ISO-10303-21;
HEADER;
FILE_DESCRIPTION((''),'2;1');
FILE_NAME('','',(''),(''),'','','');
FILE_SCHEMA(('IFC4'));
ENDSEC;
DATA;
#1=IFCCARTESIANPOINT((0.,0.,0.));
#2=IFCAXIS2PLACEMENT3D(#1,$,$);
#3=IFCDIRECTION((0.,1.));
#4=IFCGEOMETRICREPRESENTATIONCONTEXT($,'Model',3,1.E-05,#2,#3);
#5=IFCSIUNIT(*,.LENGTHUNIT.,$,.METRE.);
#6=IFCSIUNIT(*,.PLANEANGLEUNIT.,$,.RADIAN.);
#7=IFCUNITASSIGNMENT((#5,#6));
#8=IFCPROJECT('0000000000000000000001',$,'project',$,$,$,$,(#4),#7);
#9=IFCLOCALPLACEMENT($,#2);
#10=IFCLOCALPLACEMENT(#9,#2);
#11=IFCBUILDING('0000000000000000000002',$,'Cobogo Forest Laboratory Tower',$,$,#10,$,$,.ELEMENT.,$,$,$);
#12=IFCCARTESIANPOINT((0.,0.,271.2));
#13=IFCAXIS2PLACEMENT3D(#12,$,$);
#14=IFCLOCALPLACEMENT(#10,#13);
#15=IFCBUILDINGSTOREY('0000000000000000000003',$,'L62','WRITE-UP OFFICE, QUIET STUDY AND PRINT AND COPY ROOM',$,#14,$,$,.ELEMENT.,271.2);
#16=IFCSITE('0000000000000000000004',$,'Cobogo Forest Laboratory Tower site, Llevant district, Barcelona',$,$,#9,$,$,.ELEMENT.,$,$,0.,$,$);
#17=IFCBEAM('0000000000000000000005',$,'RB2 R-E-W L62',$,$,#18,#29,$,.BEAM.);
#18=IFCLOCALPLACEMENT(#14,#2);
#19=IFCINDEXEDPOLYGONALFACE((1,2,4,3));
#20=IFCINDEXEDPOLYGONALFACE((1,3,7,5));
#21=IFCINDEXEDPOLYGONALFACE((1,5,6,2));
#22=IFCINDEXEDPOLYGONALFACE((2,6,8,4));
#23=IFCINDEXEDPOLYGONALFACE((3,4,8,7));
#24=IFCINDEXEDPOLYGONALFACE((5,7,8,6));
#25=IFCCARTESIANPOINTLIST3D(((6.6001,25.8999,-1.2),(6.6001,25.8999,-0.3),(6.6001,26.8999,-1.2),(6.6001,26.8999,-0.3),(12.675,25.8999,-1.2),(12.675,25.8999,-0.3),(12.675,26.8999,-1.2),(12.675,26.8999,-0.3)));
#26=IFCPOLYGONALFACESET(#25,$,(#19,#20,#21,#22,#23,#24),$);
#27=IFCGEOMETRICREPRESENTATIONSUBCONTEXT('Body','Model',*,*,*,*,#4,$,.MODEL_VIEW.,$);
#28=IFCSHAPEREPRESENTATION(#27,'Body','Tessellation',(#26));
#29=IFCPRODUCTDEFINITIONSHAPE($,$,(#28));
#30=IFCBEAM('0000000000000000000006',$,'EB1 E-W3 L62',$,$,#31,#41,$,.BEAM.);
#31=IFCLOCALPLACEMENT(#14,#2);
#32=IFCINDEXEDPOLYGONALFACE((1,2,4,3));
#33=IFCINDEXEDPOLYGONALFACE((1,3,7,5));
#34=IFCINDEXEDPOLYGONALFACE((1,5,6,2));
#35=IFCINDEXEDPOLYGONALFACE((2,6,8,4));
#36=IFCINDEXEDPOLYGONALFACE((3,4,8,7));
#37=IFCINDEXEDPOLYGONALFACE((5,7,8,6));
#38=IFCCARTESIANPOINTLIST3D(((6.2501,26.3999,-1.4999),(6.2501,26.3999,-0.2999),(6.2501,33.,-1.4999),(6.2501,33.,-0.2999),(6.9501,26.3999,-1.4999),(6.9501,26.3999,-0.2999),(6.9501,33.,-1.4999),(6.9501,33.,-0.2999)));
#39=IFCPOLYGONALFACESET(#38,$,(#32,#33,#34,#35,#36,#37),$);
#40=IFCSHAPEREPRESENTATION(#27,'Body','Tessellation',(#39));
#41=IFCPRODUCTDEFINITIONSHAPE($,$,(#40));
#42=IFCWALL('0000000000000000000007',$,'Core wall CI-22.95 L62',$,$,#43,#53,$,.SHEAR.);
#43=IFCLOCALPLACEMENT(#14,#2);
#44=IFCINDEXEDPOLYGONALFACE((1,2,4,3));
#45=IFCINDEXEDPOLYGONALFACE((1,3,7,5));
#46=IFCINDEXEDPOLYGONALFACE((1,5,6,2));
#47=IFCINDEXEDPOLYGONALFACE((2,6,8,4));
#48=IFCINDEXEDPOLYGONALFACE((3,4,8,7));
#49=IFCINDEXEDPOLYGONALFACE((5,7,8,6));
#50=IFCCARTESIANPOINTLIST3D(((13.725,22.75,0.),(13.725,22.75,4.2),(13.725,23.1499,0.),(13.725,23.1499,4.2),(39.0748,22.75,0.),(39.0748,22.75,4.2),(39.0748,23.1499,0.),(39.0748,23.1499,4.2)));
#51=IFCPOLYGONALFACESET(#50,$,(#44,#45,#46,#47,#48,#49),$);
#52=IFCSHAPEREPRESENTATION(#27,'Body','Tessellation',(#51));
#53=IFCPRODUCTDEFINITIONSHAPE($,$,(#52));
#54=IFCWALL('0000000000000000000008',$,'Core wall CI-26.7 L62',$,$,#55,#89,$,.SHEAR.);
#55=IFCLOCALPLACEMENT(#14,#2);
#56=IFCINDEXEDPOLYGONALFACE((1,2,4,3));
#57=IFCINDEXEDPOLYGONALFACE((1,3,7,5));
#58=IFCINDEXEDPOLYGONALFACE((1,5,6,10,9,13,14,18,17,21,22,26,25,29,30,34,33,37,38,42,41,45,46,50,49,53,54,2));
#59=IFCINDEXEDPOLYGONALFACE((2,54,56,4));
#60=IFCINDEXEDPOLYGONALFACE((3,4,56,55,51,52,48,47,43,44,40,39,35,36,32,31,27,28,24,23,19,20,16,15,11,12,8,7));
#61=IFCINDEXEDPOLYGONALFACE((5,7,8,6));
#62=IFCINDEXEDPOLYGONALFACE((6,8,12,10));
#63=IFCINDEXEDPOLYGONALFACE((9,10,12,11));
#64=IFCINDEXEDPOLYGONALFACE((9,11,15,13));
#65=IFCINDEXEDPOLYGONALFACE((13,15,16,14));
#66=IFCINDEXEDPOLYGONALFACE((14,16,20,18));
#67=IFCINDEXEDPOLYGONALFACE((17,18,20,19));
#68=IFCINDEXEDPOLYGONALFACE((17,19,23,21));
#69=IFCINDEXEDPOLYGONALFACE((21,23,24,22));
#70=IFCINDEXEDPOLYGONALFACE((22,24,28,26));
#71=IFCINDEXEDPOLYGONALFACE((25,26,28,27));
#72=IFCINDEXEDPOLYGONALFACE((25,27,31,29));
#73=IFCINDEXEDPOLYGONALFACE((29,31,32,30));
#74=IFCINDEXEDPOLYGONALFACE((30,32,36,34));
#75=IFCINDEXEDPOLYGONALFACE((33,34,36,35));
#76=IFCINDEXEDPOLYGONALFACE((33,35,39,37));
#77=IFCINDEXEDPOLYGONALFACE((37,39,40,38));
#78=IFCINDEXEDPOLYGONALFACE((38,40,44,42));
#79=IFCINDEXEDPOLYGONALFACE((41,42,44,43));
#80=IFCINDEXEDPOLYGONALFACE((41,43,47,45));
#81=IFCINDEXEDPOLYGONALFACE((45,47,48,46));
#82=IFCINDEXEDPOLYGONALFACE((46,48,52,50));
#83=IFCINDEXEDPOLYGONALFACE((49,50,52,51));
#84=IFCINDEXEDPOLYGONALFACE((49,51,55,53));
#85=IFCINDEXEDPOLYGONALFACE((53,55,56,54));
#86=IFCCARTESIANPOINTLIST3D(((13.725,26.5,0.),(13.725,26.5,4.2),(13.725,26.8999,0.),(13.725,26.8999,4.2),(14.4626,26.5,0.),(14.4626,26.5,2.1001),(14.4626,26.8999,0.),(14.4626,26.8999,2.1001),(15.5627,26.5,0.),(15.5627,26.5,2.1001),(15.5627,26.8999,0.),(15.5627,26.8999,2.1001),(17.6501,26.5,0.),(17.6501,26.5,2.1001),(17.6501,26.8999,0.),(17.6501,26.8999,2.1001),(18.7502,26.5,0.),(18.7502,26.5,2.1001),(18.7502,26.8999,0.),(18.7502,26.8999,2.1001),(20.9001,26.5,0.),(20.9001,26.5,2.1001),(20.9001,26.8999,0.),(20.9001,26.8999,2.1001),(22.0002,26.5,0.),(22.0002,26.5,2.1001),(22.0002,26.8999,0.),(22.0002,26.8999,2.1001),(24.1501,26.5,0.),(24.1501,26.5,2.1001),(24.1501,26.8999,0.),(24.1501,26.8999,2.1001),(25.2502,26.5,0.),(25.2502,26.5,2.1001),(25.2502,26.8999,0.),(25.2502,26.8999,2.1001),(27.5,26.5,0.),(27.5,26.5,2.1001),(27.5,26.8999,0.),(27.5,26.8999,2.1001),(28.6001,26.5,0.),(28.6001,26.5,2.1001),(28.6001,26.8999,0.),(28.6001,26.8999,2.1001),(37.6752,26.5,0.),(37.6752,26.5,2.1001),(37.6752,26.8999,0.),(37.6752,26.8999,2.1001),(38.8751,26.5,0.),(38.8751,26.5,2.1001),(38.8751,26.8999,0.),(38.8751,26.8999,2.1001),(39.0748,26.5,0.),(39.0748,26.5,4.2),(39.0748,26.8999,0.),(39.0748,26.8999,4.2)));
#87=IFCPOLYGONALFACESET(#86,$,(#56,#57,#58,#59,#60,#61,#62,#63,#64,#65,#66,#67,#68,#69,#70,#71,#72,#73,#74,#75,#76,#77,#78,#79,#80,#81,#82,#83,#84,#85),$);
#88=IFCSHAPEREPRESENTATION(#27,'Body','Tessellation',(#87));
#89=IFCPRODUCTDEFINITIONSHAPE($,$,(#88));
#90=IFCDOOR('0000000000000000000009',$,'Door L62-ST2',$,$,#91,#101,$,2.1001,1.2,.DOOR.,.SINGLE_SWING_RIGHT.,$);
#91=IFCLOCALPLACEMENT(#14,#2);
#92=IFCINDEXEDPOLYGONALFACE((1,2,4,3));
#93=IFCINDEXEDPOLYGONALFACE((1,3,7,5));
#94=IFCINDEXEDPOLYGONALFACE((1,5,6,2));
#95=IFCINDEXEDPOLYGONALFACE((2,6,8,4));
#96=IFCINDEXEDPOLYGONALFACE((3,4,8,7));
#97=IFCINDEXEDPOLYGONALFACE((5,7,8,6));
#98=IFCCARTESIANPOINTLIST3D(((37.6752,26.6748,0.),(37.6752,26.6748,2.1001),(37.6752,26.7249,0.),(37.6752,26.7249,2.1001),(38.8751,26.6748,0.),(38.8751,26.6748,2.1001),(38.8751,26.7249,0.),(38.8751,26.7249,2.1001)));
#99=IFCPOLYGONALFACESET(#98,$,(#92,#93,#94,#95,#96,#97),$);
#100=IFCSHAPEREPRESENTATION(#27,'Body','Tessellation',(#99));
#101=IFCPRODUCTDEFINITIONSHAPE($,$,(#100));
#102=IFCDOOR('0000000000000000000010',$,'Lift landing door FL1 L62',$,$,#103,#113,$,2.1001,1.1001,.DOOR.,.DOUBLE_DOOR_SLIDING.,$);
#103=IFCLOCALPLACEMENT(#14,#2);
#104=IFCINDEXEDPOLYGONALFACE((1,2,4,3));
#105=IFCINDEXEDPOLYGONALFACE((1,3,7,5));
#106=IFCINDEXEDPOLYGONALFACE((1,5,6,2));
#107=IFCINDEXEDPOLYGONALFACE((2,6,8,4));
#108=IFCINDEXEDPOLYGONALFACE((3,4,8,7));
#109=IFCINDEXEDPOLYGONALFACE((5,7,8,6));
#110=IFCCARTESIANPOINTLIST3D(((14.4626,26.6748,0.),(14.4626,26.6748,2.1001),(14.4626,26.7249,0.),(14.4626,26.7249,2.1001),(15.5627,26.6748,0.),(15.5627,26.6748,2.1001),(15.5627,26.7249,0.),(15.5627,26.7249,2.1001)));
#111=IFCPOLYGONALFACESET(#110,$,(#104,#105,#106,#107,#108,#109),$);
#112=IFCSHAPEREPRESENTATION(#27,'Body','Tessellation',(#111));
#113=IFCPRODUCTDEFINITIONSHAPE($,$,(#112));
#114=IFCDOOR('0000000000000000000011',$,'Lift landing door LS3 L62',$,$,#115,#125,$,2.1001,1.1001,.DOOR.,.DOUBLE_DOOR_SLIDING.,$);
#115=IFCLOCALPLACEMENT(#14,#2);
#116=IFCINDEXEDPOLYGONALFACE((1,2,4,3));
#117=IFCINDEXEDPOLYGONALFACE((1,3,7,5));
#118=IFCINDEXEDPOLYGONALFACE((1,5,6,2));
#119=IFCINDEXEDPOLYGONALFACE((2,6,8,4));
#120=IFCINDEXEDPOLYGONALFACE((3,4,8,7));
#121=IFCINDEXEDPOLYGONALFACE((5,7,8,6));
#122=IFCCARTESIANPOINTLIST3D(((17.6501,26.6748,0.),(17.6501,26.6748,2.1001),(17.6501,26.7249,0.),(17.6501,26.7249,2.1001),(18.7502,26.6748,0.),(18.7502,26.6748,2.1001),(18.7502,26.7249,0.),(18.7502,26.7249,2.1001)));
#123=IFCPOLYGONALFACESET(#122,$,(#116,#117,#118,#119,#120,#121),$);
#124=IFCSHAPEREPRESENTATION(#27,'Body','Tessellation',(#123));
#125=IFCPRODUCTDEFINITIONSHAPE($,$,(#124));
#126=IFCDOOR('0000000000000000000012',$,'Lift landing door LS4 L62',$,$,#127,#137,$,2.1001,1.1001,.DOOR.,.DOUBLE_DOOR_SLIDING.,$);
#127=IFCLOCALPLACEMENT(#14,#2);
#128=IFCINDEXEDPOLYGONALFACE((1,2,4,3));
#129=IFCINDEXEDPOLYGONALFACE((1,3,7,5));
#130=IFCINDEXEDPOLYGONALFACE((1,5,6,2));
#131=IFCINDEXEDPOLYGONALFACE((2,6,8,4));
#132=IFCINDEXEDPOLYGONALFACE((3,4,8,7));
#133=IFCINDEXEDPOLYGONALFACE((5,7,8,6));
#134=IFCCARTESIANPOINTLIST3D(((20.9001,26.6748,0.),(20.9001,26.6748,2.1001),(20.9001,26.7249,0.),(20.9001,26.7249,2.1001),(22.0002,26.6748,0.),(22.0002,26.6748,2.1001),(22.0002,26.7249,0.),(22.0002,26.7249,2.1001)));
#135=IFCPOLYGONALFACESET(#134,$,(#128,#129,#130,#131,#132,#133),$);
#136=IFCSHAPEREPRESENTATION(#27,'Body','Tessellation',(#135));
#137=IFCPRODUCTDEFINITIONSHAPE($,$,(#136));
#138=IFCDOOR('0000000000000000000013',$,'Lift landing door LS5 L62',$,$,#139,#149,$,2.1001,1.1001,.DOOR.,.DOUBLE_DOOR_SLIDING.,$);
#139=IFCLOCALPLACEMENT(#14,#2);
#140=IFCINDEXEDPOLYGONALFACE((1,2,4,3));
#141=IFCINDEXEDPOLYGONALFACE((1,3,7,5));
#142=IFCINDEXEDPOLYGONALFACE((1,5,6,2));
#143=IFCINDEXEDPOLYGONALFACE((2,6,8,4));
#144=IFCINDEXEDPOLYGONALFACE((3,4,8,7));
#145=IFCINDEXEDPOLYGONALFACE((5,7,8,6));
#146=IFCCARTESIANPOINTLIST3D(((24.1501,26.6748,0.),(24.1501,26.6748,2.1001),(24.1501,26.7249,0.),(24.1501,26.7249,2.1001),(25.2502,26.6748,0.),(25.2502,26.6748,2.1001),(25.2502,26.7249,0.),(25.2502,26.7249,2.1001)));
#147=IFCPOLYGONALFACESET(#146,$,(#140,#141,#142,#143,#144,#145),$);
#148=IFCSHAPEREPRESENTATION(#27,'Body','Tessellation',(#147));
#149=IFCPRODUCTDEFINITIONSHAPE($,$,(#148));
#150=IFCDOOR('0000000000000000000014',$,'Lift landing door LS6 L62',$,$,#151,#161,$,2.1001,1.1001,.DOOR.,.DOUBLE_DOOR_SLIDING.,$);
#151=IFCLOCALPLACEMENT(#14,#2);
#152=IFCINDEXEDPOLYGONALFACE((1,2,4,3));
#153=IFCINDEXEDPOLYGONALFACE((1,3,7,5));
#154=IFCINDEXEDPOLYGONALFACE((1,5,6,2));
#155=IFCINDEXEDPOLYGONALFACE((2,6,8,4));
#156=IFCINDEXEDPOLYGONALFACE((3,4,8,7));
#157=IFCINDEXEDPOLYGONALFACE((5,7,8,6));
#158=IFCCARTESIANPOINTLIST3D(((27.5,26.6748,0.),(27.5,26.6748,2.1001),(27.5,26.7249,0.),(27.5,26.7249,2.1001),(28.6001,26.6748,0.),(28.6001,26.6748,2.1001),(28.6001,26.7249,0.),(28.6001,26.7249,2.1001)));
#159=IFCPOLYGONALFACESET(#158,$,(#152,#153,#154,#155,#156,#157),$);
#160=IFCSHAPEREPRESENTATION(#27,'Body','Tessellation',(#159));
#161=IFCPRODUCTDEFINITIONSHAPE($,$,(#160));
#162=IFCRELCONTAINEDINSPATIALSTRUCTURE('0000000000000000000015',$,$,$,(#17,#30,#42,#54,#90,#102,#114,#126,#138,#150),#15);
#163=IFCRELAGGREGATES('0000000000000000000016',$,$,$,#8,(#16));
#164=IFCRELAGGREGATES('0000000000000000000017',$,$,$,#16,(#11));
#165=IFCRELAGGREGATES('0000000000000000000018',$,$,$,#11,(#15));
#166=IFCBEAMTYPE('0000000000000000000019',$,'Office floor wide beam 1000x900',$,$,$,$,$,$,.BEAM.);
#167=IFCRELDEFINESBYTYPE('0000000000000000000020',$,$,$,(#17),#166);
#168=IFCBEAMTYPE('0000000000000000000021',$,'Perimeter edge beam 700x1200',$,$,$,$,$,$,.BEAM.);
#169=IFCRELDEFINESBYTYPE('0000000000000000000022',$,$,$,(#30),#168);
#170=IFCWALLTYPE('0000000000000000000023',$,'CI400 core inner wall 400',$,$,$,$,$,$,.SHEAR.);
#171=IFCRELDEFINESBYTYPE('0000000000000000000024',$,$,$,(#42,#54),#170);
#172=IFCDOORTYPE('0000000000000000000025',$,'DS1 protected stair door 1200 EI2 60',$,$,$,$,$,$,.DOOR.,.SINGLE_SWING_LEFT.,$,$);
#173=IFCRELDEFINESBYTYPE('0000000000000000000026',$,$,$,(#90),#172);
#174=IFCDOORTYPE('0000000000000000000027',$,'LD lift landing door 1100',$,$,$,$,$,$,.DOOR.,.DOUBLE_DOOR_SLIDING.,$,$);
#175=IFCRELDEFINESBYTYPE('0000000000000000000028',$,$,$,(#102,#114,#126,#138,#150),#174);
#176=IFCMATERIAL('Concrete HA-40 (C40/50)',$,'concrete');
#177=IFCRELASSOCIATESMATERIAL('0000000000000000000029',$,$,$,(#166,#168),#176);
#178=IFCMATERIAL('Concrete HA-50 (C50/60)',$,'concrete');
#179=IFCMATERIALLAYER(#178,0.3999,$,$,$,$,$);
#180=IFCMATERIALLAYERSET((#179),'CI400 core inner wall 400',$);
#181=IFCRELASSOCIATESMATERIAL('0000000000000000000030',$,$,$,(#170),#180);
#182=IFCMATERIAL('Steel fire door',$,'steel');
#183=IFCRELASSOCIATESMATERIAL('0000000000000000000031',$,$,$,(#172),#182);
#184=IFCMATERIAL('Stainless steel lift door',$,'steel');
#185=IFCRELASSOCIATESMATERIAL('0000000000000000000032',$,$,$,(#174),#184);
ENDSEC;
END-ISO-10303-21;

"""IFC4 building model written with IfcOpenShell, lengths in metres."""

from ifc_helpers import new_model, si_unit, direction, frame, frame_2d, origin, origin_2d, place, context, subcontext, project, spatial, rectangle, extrude, material, layer, layer_set, material_profile, profile_set, type_object, element, fill, save


model = new_model("IFC4")

# Units and contexts
model_context = context("Model", 3, precision=1e-05, world=origin(), true_north=direction((0.0, 1.0)))
body_context = subcontext(model_context, "Body", "Model", "MODEL_VIEW")
ifc_project = project(units=[si_unit("LENGTHUNIT", "METRE"), si_unit("PLANEANGLEUNIT", "RADIAN")], contexts=[model_context])

# Site, building, storey
site_placement = place(None, origin())
site = spatial("IfcSite", under=ifc_project, at=site_placement, Name="Cobogo Forest Laboratory Tower site, Llevant district, Barcelona", CompositionType="ELEMENT", RefElevation=0.0)
building_placement = place(site_placement, origin())
building = spatial("IfcBuilding", under=site, at=building_placement, Name="Cobogo Forest Laboratory Tower", CompositionType="ELEMENT")
storey_placement = place(building_placement, frame((0.0, 0.0, 271.2)))
storey = spatial("IfcBuildingStorey", under=building, at=storey_placement, Name="L62", Description="WRITE-UP OFFICE, QUIET STUDY AND PRINT AND COPY ROOM", CompositionType="ELEMENT", Elevation=271.2)

# Beams
ifc_material_1 = material(Name="Concrete HA-40 (C40/50)", Category="concrete")
ifc_material_profile_1 = material_profile(ifc_material_1, rectangle(XDim=1.0, YDim=0.8999, at=origin_2d()), Name="RC 1000x900")
ifc_profile_set_1 = profile_set([ifc_material_profile_1], Name="Concrete HA-40 (C40/50)")
beam_type_1 = type_object("IfcBeamType", Name="Office floor wide beam 1000x900", PredefinedType="BEAM", material=ifc_profile_set_1)
beam_1_placement = place(storey_placement, frame((12.675, 26.3999, -0.75), z_axis=(-1.0, 0.0, 0.0), x_axis=(0.0, -1.0, 0.0)))
element("IfcBeam", 1, at=beam_1_placement, inside=storey, type_object=beam_type_1, Name="RB2 R-E-W L62", PredefinedType="BEAM", context=body_context, shape_type="SweptSolid", body=[
    extrude(rectangle(XDim=1.0, YDim=0.8999, at=origin_2d()), origin(), (0.0, 0.0, 1.0), 6.075),
])
ifc_material_profile_2 = material_profile(ifc_material_1, rectangle(XDim=0.7, YDim=1.2, at=origin_2d()), Name="RC 700x1200")
ifc_profile_set_2 = profile_set([ifc_material_profile_2], Name="Concrete HA-40 (C40/50)")
beam_type_2 = type_object("IfcBeamType", Name="Perimeter edge beam 700x1200", PredefinedType="BEAM", material=ifc_profile_set_2)
beam_2_placement = place(storey_placement, frame((6.6001, 26.3999, -0.8999), z_axis=(0.0, 1.0, 0.0), x_axis=(-1.0, 0.0, 0.0)))
element("IfcBeam", 2, at=beam_2_placement, inside=storey, type_object=beam_type_2, Name="EB1 E-W3 L62", PredefinedType="BEAM", context=body_context, shape_type="SweptSolid", body=[
    extrude(rectangle(XDim=0.7, YDim=1.2, at=origin_2d()), origin(), (0.0, 0.0, 1.0), 6.6001),
])

# Wall
ifc_material_2 = material(Name="Concrete HA-50 (C50/60)", Category="concrete")
ifc_layer = layer(ifc_material_2, 0.3999)
ifc_layer_set = layer_set([ifc_layer], Name="CI400 core inner wall 400")
wall_type = type_object("IfcWallType", Name="CI400 core inner wall 400", PredefinedType="SHEAR", material=ifc_layer_set)
wall_1_placement = place(storey_placement, frame((13.7251, 22.95, 0.0), z_axis=(0.0, 0.0, 1.0), x_axis=(1.0, 0.0, 0.0)))
element("IfcWall", 3, at=wall_1_placement, inside=storey, type_object=wall_type, Name="Core wall CI-22.95 L62", PredefinedType="SHEAR", context=body_context, shape_type="SweptSolid", body=[
    extrude(rectangle(XDim=25.3499, YDim=0.3999, at=frame_2d((12.6748, 0.0))), origin(), (0.0, 0.0, 1.0), 4.2),
])

# Wall, openings, doors
wall_2_placement = place(storey_placement, frame((13.7251, 26.7, 0.0), z_axis=(0.0, 0.0, 1.0), x_axis=(1.0, 0.0, 0.0)))
wall_2 = element("IfcWall", 4, at=wall_2_placement, inside=storey, type_object=wall_type, Name="Core wall CI-26.7 L62", PredefinedType="SHEAR", context=body_context, shape_type="SweptSolid", body=[
    extrude(rectangle(XDim=25.3499, YDim=0.3999, at=frame_2d((12.6748, 0.0))), origin(), (0.0, 0.0, 1.0), 4.2),
])
opening_1_placement = place(wall_2_placement, frame((23.95, 0.0, 0.0)))
opening_1 = element("IfcOpeningElement", 5, at=opening_1_placement, cuts=wall_2, PredefinedType="OPENING", context=body_context, shape_type="SweptSolid", body=[
    extrude(rectangle(XDim=1.2, YDim=2.1001, at=frame_2d((0.6001, 1.05))), frame((0.0, 0.21, 0.0), z_axis=(0.0, -1.0, 0.0), x_axis=(1.0, 0.0, 0.0)), (0.0, 0.0, 1.0), 0.4199),
])
opening_2_placement = place(wall_2_placement, frame((0.7375, 0.0, 0.0)))
opening_2 = element("IfcOpeningElement", 6, at=opening_2_placement, cuts=wall_2, PredefinedType="OPENING", context=body_context, shape_type="SweptSolid", body=[
    extrude(rectangle(XDim=1.1001, YDim=2.1001, at=frame_2d((0.55, 1.05))), frame((0.0, 0.21, 0.0), z_axis=(0.0, -1.0, 0.0), x_axis=(1.0, 0.0, 0.0)), (0.0, 0.0, 1.0), 0.4199),
])
opening_3_placement = place(wall_2_placement, frame((3.925, 0.0, 0.0)))
opening_3 = element("IfcOpeningElement", 7, at=opening_3_placement, cuts=wall_2, PredefinedType="OPENING", context=body_context, shape_type="SweptSolid", body=[
    extrude(rectangle(XDim=1.1001, YDim=2.1001, at=frame_2d((0.55, 1.05))), frame((0.0, 0.21, 0.0), z_axis=(0.0, -1.0, 0.0), x_axis=(1.0, 0.0, 0.0)), (0.0, 0.0, 1.0), 0.4199),
])
opening_4_placement = place(wall_2_placement, frame((7.175, 0.0, 0.0)))
opening_4 = element("IfcOpeningElement", 8, at=opening_4_placement, cuts=wall_2, PredefinedType="OPENING", context=body_context, shape_type="SweptSolid", body=[
    extrude(rectangle(XDim=1.1001, YDim=2.1001, at=frame_2d((0.55, 1.05))), frame((0.0, 0.21, 0.0), z_axis=(0.0, -1.0, 0.0), x_axis=(1.0, 0.0, 0.0)), (0.0, 0.0, 1.0), 0.4199),
])
opening_5_placement = place(wall_2_placement, frame((10.425, 0.0, 0.0)))
opening_5 = element("IfcOpeningElement", 9, at=opening_5_placement, cuts=wall_2, PredefinedType="OPENING", context=body_context, shape_type="SweptSolid", body=[
    extrude(rectangle(XDim=1.1001, YDim=2.1001, at=frame_2d((0.55, 1.05))), frame((0.0, 0.21, 0.0), z_axis=(0.0, -1.0, 0.0), x_axis=(1.0, 0.0, 0.0)), (0.0, 0.0, 1.0), 0.4199),
])
opening_6_placement = place(wall_2_placement, frame((13.7749, 0.0, 0.0)))
opening_6 = element("IfcOpeningElement", 10, at=opening_6_placement, cuts=wall_2, PredefinedType="OPENING", context=body_context, shape_type="SweptSolid", body=[
    extrude(rectangle(XDim=1.1001, YDim=2.1001, at=frame_2d((0.55, 1.05))), frame((0.0, 0.21, 0.0), z_axis=(0.0, -1.0, 0.0), x_axis=(1.0, 0.0, 0.0)), (0.0, 0.0, 1.0), 0.4199),
])
ifc_material_3 = material(Name="Steel fire door", Category="steel")
door_type_1 = type_object("IfcDoorType", Name="DS1 protected stair door 1200 EI2 60", OperationType="SINGLE_SWING_LEFT", PredefinedType="DOOR", material=ifc_material_3)
door_1_placement = place(opening_1_placement, origin())
door_1 = element("IfcDoor", 11, at=door_1_placement, inside=storey, type_object=door_type_1, Name="Door L62-ST2", OperationType="SINGLE_SWING_RIGHT", OverallHeight=2.1001, OverallWidth=1.2, PredefinedType="DOOR", context=body_context, shape_type="SweptSolid", body=[
    extrude(rectangle(XDim=1.2, YDim=2.1001, at=frame_2d((0.6001, 1.05))), frame((0.0, 0.0249, 0.0), z_axis=(0.0, -1.0, 0.0), x_axis=(1.0, 0.0, 0.0)), (0.0, 0.0, 1.0), 0.05),
])
fill(opening_1, door_1)
ifc_material_4 = material(Name="Stainless steel lift door", Category="steel")
door_type_2 = type_object("IfcDoorType", Name="LD lift landing door 1100", OperationType="DOUBLE_DOOR_SLIDING", PredefinedType="DOOR", material=ifc_material_4)
door_2_placement = place(opening_2_placement, origin())
door_2 = element("IfcDoor", 12, at=door_2_placement, inside=storey, type_object=door_type_2, Name="Lift landing door FL1 L62", OperationType="DOUBLE_DOOR_SLIDING", OverallHeight=2.1001, OverallWidth=1.1001, PredefinedType="DOOR", context=body_context, shape_type="SweptSolid", body=[
    extrude(rectangle(XDim=1.1001, YDim=2.1001, at=frame_2d((0.55, 1.05))), frame((0.0, 0.0249, 0.0), z_axis=(0.0, -1.0, 0.0), x_axis=(1.0, 0.0, 0.0)), (0.0, 0.0, 1.0), 0.05),
])
fill(opening_2, door_2)
door_3_placement = place(opening_3_placement, origin())
door_3 = element("IfcDoor", 13, at=door_3_placement, inside=storey, type_object=door_type_2, Name="Lift landing door LS3 L62", OperationType="DOUBLE_DOOR_SLIDING", OverallHeight=2.1001, OverallWidth=1.1001, PredefinedType="DOOR", context=body_context, shape_type="SweptSolid", body=[
    extrude(rectangle(XDim=1.1001, YDim=2.1001, at=frame_2d((0.55, 1.05))), frame((0.0, 0.0249, 0.0), z_axis=(0.0, -1.0, 0.0), x_axis=(1.0, 0.0, 0.0)), (0.0, 0.0, 1.0), 0.05),
])
fill(opening_3, door_3)
door_4_placement = place(opening_4_placement, origin())
door_4 = element("IfcDoor", 14, at=door_4_placement, inside=storey, type_object=door_type_2, Name="Lift landing door LS4 L62", OperationType="DOUBLE_DOOR_SLIDING", OverallHeight=2.1001, OverallWidth=1.1001, PredefinedType="DOOR", context=body_context, shape_type="SweptSolid", body=[
    extrude(rectangle(XDim=1.1001, YDim=2.1001, at=frame_2d((0.55, 1.05))), frame((0.0, 0.0249, 0.0), z_axis=(0.0, -1.0, 0.0), x_axis=(1.0, 0.0, 0.0)), (0.0, 0.0, 1.0), 0.05),
])
fill(opening_4, door_4)
door_5_placement = place(opening_5_placement, origin())
door_5 = element("IfcDoor", 15, at=door_5_placement, inside=storey, type_object=door_type_2, Name="Lift landing door LS5 L62", OperationType="DOUBLE_DOOR_SLIDING", OverallHeight=2.1001, OverallWidth=1.1001, PredefinedType="DOOR", context=body_context, shape_type="SweptSolid", body=[
    extrude(rectangle(XDim=1.1001, YDim=2.1001, at=frame_2d((0.55, 1.05))), frame((0.0, 0.0249, 0.0), z_axis=(0.0, -1.0, 0.0), x_axis=(1.0, 0.0, 0.0)), (0.0, 0.0, 1.0), 0.05),
])
fill(opening_5, door_5)
door_6_placement = place(opening_6_placement, origin())
door_6 = element("IfcDoor", 16, at=door_6_placement, inside=storey, type_object=door_type_2, Name="Lift landing door LS6 L62", OperationType="DOUBLE_DOOR_SLIDING", OverallHeight=2.1001, OverallWidth=1.1001, PredefinedType="DOOR", context=body_context, shape_type="SweptSolid", body=[
    extrude(rectangle(XDim=1.1001, YDim=2.1001, at=frame_2d((0.55, 1.05))), frame((0.0, 0.0249, 0.0), z_axis=(0.0, -1.0, 0.0), x_axis=(1.0, 0.0, 0.0)), (0.0, 0.0, 1.0), 0.05),
])
fill(opening_6, door_6)

save(model, "model.ifc")
